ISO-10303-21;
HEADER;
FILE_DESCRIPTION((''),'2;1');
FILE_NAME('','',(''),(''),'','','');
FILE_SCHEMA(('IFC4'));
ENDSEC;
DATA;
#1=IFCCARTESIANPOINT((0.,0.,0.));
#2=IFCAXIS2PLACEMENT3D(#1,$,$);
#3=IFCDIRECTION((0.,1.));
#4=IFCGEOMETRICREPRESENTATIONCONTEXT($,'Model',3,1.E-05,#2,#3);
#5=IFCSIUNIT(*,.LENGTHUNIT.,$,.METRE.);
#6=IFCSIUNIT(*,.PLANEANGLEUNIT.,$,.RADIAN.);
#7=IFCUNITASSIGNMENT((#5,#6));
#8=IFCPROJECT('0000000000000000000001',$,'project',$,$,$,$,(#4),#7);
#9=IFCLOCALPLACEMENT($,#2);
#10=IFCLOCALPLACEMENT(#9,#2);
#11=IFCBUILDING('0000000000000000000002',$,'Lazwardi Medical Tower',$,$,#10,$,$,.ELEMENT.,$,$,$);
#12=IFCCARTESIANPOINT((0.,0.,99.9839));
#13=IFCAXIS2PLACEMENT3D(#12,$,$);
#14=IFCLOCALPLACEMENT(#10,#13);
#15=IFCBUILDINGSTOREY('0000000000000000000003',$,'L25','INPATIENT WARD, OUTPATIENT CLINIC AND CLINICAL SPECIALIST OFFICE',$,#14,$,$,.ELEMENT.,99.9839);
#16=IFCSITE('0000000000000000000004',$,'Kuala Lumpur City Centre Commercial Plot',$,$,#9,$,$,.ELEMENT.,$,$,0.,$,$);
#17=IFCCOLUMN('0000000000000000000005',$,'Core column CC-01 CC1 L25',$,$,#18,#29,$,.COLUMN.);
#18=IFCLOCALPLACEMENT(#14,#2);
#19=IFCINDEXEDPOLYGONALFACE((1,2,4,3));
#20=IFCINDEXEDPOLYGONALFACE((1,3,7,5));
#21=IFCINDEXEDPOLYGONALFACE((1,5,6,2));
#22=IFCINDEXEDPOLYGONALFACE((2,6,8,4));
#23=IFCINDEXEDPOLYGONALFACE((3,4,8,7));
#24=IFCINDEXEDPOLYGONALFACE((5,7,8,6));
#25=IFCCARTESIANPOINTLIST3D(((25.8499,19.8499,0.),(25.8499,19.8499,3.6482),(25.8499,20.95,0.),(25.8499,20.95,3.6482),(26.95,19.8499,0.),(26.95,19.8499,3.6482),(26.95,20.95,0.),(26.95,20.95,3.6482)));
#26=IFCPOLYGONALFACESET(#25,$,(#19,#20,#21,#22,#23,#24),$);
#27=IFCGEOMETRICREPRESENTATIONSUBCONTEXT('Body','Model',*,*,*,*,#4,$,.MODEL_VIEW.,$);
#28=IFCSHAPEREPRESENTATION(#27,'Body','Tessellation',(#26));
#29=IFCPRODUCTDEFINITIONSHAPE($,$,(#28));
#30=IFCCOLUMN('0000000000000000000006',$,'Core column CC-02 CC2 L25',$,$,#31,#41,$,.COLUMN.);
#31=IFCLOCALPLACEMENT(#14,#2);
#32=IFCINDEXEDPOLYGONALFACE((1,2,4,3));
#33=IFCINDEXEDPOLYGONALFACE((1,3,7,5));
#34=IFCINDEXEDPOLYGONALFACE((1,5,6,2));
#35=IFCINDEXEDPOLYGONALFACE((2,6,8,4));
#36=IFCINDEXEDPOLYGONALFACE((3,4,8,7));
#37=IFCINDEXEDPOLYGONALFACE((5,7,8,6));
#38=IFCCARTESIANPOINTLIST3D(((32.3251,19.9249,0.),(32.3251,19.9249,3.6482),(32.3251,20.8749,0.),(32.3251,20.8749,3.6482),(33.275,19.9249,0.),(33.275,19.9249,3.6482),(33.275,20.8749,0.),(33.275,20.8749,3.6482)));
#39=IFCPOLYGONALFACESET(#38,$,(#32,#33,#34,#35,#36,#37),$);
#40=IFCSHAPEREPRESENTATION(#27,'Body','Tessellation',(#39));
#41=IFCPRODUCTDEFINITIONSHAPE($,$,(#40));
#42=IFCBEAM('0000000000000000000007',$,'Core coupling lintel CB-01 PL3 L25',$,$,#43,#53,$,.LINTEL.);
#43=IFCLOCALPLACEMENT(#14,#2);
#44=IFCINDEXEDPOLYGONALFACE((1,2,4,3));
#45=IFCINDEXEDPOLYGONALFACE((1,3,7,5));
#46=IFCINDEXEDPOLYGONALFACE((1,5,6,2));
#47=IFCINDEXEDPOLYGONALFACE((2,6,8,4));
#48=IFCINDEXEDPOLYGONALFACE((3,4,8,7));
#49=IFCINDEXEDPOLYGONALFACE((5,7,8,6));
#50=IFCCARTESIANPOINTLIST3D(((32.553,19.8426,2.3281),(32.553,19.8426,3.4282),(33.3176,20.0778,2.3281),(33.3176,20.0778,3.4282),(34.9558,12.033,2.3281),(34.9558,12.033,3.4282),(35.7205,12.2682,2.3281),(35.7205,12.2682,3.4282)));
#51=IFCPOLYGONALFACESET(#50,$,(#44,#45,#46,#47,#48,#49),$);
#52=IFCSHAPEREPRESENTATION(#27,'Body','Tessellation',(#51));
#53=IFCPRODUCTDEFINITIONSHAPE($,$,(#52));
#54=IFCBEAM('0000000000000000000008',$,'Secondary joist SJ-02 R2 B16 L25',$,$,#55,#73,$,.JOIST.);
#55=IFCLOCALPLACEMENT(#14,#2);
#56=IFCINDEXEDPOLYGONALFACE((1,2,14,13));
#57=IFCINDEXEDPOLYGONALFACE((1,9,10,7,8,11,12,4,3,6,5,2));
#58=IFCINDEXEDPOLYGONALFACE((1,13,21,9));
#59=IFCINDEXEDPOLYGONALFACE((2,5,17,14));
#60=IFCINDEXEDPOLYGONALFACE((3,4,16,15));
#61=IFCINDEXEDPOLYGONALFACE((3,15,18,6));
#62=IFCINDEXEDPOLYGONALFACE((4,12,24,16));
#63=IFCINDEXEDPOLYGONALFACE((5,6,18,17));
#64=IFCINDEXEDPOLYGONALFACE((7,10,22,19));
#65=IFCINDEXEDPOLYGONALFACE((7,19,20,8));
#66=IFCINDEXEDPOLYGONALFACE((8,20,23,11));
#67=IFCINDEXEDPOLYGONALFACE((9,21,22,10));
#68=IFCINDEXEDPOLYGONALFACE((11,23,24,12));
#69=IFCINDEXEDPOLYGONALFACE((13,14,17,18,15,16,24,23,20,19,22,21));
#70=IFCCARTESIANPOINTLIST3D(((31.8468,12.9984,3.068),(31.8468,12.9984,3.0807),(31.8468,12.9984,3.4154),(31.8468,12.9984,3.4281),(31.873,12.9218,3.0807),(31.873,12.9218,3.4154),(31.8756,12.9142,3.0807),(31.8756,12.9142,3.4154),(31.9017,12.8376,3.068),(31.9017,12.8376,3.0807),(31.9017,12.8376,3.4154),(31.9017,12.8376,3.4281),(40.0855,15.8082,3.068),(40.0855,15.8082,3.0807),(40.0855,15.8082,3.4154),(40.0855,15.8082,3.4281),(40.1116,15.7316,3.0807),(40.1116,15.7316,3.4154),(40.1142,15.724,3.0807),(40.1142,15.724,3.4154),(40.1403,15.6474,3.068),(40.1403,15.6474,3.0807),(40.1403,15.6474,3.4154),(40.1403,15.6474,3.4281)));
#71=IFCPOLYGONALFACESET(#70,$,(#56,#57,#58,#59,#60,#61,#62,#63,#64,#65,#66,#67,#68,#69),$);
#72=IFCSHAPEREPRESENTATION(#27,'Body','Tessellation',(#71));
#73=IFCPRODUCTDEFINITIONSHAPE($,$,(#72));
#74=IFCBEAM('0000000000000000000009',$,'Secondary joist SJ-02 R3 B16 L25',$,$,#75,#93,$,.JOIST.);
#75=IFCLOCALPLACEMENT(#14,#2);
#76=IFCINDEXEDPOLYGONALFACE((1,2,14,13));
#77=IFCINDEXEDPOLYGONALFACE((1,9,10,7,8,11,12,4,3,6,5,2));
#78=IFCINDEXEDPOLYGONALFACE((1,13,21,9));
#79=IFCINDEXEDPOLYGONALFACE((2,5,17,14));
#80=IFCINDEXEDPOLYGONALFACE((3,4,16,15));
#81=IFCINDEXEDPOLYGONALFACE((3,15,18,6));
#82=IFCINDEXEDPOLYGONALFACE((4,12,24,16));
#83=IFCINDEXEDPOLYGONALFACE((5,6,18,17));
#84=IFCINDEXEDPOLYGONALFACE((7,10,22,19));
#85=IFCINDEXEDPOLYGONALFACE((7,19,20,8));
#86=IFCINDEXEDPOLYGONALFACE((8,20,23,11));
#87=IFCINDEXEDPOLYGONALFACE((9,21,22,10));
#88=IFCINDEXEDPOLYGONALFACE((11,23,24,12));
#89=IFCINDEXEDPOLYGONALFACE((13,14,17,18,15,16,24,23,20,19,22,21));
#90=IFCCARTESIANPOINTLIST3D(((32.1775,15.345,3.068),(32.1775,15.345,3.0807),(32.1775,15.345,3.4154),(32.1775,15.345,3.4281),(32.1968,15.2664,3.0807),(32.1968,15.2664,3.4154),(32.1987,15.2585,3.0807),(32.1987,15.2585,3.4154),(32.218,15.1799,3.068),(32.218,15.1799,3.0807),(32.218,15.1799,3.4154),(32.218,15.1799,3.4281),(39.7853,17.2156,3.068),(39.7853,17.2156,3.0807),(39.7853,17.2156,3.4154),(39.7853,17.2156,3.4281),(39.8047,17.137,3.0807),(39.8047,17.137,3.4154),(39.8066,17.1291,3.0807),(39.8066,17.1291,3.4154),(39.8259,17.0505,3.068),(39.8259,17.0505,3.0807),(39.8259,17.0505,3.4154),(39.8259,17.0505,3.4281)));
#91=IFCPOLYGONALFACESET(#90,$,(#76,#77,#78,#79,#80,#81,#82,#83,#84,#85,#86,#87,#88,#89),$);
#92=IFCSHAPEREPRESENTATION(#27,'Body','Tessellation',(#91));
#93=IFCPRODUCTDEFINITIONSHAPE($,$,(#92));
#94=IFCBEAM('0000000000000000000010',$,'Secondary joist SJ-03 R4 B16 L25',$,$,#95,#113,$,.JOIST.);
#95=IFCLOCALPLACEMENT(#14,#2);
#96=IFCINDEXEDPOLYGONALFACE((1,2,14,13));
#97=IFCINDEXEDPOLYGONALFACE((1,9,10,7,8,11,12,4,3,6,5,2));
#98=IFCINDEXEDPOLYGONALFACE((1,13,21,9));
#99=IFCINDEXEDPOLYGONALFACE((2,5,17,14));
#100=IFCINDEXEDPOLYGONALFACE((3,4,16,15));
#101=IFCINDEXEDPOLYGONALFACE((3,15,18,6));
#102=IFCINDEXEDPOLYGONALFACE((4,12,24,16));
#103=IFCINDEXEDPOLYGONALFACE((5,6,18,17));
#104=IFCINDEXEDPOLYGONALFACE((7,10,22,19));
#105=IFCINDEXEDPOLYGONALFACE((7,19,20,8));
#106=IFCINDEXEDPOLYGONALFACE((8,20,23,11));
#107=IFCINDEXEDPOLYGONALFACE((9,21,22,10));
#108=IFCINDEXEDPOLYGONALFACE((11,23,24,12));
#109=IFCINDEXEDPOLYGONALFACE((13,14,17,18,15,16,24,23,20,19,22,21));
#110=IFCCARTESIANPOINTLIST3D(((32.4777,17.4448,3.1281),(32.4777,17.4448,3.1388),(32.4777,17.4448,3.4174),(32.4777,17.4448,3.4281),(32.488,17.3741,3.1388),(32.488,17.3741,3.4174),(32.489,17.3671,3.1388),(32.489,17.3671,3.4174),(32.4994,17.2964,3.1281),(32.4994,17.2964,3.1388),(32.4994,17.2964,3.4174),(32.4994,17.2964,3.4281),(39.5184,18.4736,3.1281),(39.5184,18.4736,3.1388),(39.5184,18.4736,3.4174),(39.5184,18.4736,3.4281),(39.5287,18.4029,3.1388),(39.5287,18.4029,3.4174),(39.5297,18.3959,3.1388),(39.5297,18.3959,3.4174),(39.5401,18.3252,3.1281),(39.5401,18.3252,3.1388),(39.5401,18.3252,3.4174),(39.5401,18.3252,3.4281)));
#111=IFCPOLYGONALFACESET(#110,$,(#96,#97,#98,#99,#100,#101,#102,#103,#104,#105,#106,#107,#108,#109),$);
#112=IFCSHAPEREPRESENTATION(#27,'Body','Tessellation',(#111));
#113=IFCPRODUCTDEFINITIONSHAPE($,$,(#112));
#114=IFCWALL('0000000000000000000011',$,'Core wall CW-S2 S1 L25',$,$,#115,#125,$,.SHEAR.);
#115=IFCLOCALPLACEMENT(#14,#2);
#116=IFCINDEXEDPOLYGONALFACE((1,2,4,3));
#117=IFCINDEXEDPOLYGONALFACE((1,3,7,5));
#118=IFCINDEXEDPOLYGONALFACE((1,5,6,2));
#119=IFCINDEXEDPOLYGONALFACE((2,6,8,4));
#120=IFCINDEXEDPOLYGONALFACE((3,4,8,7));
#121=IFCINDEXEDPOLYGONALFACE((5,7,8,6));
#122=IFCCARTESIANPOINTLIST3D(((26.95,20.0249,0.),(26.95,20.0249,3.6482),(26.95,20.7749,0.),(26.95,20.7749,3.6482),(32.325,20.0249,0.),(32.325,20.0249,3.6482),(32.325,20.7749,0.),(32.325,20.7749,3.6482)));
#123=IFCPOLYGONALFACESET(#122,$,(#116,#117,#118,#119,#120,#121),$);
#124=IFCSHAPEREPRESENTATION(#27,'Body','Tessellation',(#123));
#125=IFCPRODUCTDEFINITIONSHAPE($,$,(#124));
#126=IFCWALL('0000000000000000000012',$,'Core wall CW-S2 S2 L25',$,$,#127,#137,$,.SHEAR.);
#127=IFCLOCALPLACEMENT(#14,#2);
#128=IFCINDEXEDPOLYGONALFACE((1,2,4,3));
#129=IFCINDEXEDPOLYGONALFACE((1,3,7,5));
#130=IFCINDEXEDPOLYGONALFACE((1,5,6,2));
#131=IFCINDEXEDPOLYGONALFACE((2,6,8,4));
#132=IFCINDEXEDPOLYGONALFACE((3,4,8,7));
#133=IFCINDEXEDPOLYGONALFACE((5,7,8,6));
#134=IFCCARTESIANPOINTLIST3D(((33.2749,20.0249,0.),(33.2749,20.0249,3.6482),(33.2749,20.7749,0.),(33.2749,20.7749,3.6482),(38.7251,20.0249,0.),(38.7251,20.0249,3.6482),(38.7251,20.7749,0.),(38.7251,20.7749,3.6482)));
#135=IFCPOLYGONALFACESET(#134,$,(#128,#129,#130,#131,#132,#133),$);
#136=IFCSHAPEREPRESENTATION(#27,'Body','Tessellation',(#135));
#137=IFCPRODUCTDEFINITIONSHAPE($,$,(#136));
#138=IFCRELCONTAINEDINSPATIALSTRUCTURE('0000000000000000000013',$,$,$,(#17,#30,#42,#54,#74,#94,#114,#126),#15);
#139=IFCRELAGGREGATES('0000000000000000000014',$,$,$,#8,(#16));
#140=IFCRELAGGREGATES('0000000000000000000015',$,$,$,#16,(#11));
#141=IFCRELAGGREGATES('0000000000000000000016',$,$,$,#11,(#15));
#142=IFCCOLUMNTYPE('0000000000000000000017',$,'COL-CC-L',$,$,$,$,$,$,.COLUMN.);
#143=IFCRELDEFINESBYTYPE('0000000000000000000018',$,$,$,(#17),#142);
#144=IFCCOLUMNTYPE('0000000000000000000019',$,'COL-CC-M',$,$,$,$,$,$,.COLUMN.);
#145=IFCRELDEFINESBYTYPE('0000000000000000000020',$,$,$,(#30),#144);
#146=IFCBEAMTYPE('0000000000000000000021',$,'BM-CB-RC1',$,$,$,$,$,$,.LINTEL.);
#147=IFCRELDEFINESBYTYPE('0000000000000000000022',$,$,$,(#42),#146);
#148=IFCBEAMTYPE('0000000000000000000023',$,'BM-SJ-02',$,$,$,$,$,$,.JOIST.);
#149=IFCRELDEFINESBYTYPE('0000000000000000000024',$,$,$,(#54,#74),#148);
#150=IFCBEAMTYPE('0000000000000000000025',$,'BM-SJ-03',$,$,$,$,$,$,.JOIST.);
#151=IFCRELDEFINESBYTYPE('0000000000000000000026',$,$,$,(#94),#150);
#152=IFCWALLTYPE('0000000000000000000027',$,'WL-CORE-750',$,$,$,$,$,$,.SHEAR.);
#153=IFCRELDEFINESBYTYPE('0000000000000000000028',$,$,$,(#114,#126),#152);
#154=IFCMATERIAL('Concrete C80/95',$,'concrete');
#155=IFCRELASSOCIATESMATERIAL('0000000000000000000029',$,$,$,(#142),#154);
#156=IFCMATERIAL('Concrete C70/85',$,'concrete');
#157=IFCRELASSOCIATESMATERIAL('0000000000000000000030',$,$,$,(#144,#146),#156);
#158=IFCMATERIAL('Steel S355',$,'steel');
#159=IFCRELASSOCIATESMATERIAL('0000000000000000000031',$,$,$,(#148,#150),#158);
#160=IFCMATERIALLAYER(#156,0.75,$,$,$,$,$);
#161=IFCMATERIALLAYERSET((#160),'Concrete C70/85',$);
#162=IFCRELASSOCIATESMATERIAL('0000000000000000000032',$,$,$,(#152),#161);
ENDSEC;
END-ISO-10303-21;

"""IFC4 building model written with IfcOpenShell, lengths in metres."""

from ifc_helpers import new_model, si_unit, direction, frame, frame_2d, origin, origin_2d, place, context, subcontext, project, spatial, rectangle, i_section, extrude, material, layer, layer_set, material_profile, profile_set, type_object, element, save


model = new_model("IFC4")

# Units and contexts
model_context = context("Model", 3, precision=1e-05, world=origin(), true_north=direction((0.0, 1.0)))
body_context = subcontext(model_context, "Body", "Model", "MODEL_VIEW")
ifc_project = project(units=[si_unit("LENGTHUNIT", "METRE"), si_unit("PLANEANGLEUNIT", "RADIAN")], contexts=[model_context])

# Site, building, storey
site_placement = place(None, origin())
site = spatial("IfcSite", under=ifc_project, at=site_placement, Name="Kuala Lumpur City Centre Commercial Plot", CompositionType="ELEMENT", RefElevation=0.0)
building_placement = place(site_placement, origin())
building = spatial("IfcBuilding", under=site, at=building_placement, Name="Lazwardi Medical Tower", CompositionType="ELEMENT")
storey_placement = place(building_placement, frame((0.0, 0.0, 99.9839)))
storey = spatial("IfcBuildingStorey", under=building, at=storey_placement, Name="L25", Description="INPATIENT WARD, OUTPATIENT CLINIC AND CLINICAL SPECIALIST OFFICE", CompositionType="ELEMENT", Elevation=99.9839)

# Columns
ifc_material_1 = material(Name="Concrete C80/95", Category="concrete")
ifc_material_profile_1 = material_profile(ifc_material_1, rectangle(XDim=1.1001, YDim=1.1001, at=origin_2d()), Name="RC 1100x1100")
ifc_profile_set_1 = profile_set([ifc_material_profile_1], Name="Concrete C80/95")
column_type_1 = type_object("IfcColumnType", Name="COL-CC-L", PredefinedType="COLUMN", material=ifc_profile_set_1)
column_1_placement = place(storey_placement, frame((26.3999, 20.3999, 0.0), z_axis=(0.0, 0.0, 1.0), x_axis=(1.0, 0.0, 0.0)))
element("IfcColumn", 1, at=column_1_placement, inside=storey, type_object=column_type_1, Name="Core column CC-01 CC1 L25", PredefinedType="COLUMN", context=body_context, shape_type="SweptSolid", body=[
    extrude(rectangle(XDim=1.1001, YDim=1.1001, at=origin_2d()), origin(), (0.0, 0.0, 1.0), 3.6482),
])
ifc_material_2 = material(Name="Concrete C70/85", Category="concrete")
ifc_material_profile_2 = material_profile(ifc_material_2, rectangle(XDim=0.95, YDim=0.95, at=origin_2d()), Name="RC 950x950")
ifc_profile_set_2 = profile_set([ifc_material_profile_2], Name="Concrete C70/85")
column_type_2 = type_object("IfcColumnType", Name="COL-CC-M", PredefinedType="COLUMN", material=ifc_profile_set_2)
column_2_placement = place(storey_placement, frame((32.8, 20.3999, 0.0), z_axis=(0.0, 0.0, 1.0), x_axis=(1.0, 0.0, 0.0)))
element("IfcColumn", 2, at=column_2_placement, inside=storey, type_object=column_type_2, Name="Core column CC-02 CC2 L25", PredefinedType="COLUMN", context=body_context, shape_type="SweptSolid", body=[
    extrude(rectangle(XDim=0.95, YDim=0.95, at=origin_2d()), origin(), (0.0, 0.0, 1.0), 3.6482),
])

# Beams
ifc_material_profile_3 = material_profile(ifc_material_2, rectangle(XDim=0.8, YDim=1.1001, at=origin_2d()), Name="RC 800x1100")
ifc_profile_set_3 = profile_set([ifc_material_profile_3], Name="Concrete C70/85")
beam_type_1 = type_object("IfcBeamType", Name="BM-CB-RC1", PredefinedType="LINTEL", material=ifc_profile_set_3)
beam_1_placement = place(storey_placement, frame((32.9353, 19.9602, 2.8782), z_axis=(0.294073, -0.955783, 0.0), x_axis=(0.955783, 0.294073, 0.0)))
element("IfcBeam", 3, at=beam_1_placement, inside=storey, type_object=beam_type_1, Name="Core coupling lintel CB-01 PL3 L25", PredefinedType="LINTEL", context=body_context, shape_type="SweptSolid", body=[
    extrude(rectangle(XDim=0.8, YDim=1.1001, at=origin_2d()), origin(), (0.0, 0.0, 1.0), 8.1709),
])
ifc_material_3 = material(Name="Steel S355", Category="steel")
ifc_material_profile_4 = material_profile(ifc_material_3, i_section(OverallWidth=0.1699, OverallDepth=0.3601, WebThickness=0.0081, FlangeThickness=0.0127, at=origin_2d()), Name="IPE 360")
ifc_profile_set_4 = profile_set([ifc_material_profile_4], Name="Steel S355")
beam_type_2 = type_object("IfcBeamType", Name="BM-SJ-02", PredefinedType="JOIST", material=ifc_profile_set_4)
beam_2_placement = place(storey_placement, frame((31.8743, 12.918, 3.248), z_axis=(0.946467, 0.3228, 0.0), x_axis=(-0.3228, 0.946467, 0.0)))
element("IfcBeam", 4, at=beam_2_placement, inside=storey, type_object=beam_type_2, Name="Secondary joist SJ-02 R2 B16 L25", PredefinedType="JOIST", context=body_context, shape_type="SweptSolid", body=[
    extrude(i_section(OverallWidth=0.1699, OverallDepth=0.3601, WebThickness=0.0081, FlangeThickness=0.0127, at=origin_2d()), origin(), (0.0, 0.0, 1.0), 8.7046),
])
beam_3_placement = place(storey_placement, frame((32.1978, 15.2625, 3.248), z_axis=(0.971077, 0.238765, 0.0), x_axis=(-0.238765, 0.971077, 0.0)))
element("IfcBeam", 5, at=beam_3_placement, inside=storey, type_object=beam_type_2, Name="Secondary joist SJ-02 R3 B16 L25", PredefinedType="JOIST", context=body_context, shape_type="SweptSolid", body=[
    extrude(i_section(OverallWidth=0.1699, OverallDepth=0.3601, WebThickness=0.0081, FlangeThickness=0.0127, at=origin_2d()), origin(), (0.0, 0.0, 1.0), 7.8345),
])
ifc_material_profile_5 = material_profile(ifc_material_3, i_section(OverallWidth=0.1499, OverallDepth=0.3, WebThickness=0.0071, FlangeThickness=0.0107, at=origin_2d()), Name="IPE 300")
ifc_profile_set_5 = profile_set([ifc_material_profile_5], Name="Steel S355")
beam_type_3 = type_object("IfcBeamType", Name="BM-SJ-03", PredefinedType="JOIST", material=ifc_profile_set_5)
beam_4_placement = place(storey_placement, frame((32.4885, 17.3706, 3.2781), z_axis=(0.989492, 0.144586, 0.0), x_axis=(-0.144586, 0.989492, 0.0)))
element("IfcBeam", 6, at=beam_4_placement, inside=storey, type_object=beam_type_3, Name="Secondary joist SJ-03 R4 B16 L25", PredefinedType="JOIST", context=body_context, shape_type="SweptSolid", body=[
    extrude(i_section(OverallWidth=0.1499, OverallDepth=0.3, WebThickness=0.0071, FlangeThickness=0.0107, at=origin_2d()), origin(), (0.0, 0.0, 1.0), 7.1155),
])

# Shared definitions
ifc_layer_1 = layer(ifc_material_2, 0.75)
ifc_layer_set_1 = layer_set([ifc_layer_1], Name="Concrete C70/85")
wall_type_1 = type_object("IfcWallType", Name="WL-CORE-750", PredefinedType="SHEAR", material=ifc_layer_set_1)

# Walls
wall_1_placement = place(storey_placement, frame((26.95, 20.3999, 0.0), z_axis=(0.0, 0.0, 1.0), x_axis=(1.0, 0.0, 0.0)))
element("IfcWall", 7, at=wall_1_placement, inside=storey, type_object=wall_type_1, Name="Core wall CW-S2 S1 L25", PredefinedType="SHEAR", context=body_context, shape_type="SweptSolid", body=[
    extrude(rectangle(XDim=5.375, YDim=0.75, at=frame_2d((2.6875, 0.0))), origin(), (0.0, 0.0, 1.0), 3.6482),
])
wall_2_placement = place(storey_placement, frame((33.2749, 20.3999, 0.0), z_axis=(0.0, 0.0, 1.0), x_axis=(1.0, 0.0, 0.0)))
element("IfcWall", 8, at=wall_2_placement, inside=storey, type_object=wall_type_1, Name="Core wall CW-S2 S2 L25", PredefinedType="SHEAR", context=body_context, shape_type="SweptSolid", body=[
    extrude(rectangle(XDim=5.4502, YDim=0.75, at=frame_2d((2.7251, 0.0))), origin(), (0.0, 0.0, 1.0), 3.6482),
])

save(model, "model.ifc")
